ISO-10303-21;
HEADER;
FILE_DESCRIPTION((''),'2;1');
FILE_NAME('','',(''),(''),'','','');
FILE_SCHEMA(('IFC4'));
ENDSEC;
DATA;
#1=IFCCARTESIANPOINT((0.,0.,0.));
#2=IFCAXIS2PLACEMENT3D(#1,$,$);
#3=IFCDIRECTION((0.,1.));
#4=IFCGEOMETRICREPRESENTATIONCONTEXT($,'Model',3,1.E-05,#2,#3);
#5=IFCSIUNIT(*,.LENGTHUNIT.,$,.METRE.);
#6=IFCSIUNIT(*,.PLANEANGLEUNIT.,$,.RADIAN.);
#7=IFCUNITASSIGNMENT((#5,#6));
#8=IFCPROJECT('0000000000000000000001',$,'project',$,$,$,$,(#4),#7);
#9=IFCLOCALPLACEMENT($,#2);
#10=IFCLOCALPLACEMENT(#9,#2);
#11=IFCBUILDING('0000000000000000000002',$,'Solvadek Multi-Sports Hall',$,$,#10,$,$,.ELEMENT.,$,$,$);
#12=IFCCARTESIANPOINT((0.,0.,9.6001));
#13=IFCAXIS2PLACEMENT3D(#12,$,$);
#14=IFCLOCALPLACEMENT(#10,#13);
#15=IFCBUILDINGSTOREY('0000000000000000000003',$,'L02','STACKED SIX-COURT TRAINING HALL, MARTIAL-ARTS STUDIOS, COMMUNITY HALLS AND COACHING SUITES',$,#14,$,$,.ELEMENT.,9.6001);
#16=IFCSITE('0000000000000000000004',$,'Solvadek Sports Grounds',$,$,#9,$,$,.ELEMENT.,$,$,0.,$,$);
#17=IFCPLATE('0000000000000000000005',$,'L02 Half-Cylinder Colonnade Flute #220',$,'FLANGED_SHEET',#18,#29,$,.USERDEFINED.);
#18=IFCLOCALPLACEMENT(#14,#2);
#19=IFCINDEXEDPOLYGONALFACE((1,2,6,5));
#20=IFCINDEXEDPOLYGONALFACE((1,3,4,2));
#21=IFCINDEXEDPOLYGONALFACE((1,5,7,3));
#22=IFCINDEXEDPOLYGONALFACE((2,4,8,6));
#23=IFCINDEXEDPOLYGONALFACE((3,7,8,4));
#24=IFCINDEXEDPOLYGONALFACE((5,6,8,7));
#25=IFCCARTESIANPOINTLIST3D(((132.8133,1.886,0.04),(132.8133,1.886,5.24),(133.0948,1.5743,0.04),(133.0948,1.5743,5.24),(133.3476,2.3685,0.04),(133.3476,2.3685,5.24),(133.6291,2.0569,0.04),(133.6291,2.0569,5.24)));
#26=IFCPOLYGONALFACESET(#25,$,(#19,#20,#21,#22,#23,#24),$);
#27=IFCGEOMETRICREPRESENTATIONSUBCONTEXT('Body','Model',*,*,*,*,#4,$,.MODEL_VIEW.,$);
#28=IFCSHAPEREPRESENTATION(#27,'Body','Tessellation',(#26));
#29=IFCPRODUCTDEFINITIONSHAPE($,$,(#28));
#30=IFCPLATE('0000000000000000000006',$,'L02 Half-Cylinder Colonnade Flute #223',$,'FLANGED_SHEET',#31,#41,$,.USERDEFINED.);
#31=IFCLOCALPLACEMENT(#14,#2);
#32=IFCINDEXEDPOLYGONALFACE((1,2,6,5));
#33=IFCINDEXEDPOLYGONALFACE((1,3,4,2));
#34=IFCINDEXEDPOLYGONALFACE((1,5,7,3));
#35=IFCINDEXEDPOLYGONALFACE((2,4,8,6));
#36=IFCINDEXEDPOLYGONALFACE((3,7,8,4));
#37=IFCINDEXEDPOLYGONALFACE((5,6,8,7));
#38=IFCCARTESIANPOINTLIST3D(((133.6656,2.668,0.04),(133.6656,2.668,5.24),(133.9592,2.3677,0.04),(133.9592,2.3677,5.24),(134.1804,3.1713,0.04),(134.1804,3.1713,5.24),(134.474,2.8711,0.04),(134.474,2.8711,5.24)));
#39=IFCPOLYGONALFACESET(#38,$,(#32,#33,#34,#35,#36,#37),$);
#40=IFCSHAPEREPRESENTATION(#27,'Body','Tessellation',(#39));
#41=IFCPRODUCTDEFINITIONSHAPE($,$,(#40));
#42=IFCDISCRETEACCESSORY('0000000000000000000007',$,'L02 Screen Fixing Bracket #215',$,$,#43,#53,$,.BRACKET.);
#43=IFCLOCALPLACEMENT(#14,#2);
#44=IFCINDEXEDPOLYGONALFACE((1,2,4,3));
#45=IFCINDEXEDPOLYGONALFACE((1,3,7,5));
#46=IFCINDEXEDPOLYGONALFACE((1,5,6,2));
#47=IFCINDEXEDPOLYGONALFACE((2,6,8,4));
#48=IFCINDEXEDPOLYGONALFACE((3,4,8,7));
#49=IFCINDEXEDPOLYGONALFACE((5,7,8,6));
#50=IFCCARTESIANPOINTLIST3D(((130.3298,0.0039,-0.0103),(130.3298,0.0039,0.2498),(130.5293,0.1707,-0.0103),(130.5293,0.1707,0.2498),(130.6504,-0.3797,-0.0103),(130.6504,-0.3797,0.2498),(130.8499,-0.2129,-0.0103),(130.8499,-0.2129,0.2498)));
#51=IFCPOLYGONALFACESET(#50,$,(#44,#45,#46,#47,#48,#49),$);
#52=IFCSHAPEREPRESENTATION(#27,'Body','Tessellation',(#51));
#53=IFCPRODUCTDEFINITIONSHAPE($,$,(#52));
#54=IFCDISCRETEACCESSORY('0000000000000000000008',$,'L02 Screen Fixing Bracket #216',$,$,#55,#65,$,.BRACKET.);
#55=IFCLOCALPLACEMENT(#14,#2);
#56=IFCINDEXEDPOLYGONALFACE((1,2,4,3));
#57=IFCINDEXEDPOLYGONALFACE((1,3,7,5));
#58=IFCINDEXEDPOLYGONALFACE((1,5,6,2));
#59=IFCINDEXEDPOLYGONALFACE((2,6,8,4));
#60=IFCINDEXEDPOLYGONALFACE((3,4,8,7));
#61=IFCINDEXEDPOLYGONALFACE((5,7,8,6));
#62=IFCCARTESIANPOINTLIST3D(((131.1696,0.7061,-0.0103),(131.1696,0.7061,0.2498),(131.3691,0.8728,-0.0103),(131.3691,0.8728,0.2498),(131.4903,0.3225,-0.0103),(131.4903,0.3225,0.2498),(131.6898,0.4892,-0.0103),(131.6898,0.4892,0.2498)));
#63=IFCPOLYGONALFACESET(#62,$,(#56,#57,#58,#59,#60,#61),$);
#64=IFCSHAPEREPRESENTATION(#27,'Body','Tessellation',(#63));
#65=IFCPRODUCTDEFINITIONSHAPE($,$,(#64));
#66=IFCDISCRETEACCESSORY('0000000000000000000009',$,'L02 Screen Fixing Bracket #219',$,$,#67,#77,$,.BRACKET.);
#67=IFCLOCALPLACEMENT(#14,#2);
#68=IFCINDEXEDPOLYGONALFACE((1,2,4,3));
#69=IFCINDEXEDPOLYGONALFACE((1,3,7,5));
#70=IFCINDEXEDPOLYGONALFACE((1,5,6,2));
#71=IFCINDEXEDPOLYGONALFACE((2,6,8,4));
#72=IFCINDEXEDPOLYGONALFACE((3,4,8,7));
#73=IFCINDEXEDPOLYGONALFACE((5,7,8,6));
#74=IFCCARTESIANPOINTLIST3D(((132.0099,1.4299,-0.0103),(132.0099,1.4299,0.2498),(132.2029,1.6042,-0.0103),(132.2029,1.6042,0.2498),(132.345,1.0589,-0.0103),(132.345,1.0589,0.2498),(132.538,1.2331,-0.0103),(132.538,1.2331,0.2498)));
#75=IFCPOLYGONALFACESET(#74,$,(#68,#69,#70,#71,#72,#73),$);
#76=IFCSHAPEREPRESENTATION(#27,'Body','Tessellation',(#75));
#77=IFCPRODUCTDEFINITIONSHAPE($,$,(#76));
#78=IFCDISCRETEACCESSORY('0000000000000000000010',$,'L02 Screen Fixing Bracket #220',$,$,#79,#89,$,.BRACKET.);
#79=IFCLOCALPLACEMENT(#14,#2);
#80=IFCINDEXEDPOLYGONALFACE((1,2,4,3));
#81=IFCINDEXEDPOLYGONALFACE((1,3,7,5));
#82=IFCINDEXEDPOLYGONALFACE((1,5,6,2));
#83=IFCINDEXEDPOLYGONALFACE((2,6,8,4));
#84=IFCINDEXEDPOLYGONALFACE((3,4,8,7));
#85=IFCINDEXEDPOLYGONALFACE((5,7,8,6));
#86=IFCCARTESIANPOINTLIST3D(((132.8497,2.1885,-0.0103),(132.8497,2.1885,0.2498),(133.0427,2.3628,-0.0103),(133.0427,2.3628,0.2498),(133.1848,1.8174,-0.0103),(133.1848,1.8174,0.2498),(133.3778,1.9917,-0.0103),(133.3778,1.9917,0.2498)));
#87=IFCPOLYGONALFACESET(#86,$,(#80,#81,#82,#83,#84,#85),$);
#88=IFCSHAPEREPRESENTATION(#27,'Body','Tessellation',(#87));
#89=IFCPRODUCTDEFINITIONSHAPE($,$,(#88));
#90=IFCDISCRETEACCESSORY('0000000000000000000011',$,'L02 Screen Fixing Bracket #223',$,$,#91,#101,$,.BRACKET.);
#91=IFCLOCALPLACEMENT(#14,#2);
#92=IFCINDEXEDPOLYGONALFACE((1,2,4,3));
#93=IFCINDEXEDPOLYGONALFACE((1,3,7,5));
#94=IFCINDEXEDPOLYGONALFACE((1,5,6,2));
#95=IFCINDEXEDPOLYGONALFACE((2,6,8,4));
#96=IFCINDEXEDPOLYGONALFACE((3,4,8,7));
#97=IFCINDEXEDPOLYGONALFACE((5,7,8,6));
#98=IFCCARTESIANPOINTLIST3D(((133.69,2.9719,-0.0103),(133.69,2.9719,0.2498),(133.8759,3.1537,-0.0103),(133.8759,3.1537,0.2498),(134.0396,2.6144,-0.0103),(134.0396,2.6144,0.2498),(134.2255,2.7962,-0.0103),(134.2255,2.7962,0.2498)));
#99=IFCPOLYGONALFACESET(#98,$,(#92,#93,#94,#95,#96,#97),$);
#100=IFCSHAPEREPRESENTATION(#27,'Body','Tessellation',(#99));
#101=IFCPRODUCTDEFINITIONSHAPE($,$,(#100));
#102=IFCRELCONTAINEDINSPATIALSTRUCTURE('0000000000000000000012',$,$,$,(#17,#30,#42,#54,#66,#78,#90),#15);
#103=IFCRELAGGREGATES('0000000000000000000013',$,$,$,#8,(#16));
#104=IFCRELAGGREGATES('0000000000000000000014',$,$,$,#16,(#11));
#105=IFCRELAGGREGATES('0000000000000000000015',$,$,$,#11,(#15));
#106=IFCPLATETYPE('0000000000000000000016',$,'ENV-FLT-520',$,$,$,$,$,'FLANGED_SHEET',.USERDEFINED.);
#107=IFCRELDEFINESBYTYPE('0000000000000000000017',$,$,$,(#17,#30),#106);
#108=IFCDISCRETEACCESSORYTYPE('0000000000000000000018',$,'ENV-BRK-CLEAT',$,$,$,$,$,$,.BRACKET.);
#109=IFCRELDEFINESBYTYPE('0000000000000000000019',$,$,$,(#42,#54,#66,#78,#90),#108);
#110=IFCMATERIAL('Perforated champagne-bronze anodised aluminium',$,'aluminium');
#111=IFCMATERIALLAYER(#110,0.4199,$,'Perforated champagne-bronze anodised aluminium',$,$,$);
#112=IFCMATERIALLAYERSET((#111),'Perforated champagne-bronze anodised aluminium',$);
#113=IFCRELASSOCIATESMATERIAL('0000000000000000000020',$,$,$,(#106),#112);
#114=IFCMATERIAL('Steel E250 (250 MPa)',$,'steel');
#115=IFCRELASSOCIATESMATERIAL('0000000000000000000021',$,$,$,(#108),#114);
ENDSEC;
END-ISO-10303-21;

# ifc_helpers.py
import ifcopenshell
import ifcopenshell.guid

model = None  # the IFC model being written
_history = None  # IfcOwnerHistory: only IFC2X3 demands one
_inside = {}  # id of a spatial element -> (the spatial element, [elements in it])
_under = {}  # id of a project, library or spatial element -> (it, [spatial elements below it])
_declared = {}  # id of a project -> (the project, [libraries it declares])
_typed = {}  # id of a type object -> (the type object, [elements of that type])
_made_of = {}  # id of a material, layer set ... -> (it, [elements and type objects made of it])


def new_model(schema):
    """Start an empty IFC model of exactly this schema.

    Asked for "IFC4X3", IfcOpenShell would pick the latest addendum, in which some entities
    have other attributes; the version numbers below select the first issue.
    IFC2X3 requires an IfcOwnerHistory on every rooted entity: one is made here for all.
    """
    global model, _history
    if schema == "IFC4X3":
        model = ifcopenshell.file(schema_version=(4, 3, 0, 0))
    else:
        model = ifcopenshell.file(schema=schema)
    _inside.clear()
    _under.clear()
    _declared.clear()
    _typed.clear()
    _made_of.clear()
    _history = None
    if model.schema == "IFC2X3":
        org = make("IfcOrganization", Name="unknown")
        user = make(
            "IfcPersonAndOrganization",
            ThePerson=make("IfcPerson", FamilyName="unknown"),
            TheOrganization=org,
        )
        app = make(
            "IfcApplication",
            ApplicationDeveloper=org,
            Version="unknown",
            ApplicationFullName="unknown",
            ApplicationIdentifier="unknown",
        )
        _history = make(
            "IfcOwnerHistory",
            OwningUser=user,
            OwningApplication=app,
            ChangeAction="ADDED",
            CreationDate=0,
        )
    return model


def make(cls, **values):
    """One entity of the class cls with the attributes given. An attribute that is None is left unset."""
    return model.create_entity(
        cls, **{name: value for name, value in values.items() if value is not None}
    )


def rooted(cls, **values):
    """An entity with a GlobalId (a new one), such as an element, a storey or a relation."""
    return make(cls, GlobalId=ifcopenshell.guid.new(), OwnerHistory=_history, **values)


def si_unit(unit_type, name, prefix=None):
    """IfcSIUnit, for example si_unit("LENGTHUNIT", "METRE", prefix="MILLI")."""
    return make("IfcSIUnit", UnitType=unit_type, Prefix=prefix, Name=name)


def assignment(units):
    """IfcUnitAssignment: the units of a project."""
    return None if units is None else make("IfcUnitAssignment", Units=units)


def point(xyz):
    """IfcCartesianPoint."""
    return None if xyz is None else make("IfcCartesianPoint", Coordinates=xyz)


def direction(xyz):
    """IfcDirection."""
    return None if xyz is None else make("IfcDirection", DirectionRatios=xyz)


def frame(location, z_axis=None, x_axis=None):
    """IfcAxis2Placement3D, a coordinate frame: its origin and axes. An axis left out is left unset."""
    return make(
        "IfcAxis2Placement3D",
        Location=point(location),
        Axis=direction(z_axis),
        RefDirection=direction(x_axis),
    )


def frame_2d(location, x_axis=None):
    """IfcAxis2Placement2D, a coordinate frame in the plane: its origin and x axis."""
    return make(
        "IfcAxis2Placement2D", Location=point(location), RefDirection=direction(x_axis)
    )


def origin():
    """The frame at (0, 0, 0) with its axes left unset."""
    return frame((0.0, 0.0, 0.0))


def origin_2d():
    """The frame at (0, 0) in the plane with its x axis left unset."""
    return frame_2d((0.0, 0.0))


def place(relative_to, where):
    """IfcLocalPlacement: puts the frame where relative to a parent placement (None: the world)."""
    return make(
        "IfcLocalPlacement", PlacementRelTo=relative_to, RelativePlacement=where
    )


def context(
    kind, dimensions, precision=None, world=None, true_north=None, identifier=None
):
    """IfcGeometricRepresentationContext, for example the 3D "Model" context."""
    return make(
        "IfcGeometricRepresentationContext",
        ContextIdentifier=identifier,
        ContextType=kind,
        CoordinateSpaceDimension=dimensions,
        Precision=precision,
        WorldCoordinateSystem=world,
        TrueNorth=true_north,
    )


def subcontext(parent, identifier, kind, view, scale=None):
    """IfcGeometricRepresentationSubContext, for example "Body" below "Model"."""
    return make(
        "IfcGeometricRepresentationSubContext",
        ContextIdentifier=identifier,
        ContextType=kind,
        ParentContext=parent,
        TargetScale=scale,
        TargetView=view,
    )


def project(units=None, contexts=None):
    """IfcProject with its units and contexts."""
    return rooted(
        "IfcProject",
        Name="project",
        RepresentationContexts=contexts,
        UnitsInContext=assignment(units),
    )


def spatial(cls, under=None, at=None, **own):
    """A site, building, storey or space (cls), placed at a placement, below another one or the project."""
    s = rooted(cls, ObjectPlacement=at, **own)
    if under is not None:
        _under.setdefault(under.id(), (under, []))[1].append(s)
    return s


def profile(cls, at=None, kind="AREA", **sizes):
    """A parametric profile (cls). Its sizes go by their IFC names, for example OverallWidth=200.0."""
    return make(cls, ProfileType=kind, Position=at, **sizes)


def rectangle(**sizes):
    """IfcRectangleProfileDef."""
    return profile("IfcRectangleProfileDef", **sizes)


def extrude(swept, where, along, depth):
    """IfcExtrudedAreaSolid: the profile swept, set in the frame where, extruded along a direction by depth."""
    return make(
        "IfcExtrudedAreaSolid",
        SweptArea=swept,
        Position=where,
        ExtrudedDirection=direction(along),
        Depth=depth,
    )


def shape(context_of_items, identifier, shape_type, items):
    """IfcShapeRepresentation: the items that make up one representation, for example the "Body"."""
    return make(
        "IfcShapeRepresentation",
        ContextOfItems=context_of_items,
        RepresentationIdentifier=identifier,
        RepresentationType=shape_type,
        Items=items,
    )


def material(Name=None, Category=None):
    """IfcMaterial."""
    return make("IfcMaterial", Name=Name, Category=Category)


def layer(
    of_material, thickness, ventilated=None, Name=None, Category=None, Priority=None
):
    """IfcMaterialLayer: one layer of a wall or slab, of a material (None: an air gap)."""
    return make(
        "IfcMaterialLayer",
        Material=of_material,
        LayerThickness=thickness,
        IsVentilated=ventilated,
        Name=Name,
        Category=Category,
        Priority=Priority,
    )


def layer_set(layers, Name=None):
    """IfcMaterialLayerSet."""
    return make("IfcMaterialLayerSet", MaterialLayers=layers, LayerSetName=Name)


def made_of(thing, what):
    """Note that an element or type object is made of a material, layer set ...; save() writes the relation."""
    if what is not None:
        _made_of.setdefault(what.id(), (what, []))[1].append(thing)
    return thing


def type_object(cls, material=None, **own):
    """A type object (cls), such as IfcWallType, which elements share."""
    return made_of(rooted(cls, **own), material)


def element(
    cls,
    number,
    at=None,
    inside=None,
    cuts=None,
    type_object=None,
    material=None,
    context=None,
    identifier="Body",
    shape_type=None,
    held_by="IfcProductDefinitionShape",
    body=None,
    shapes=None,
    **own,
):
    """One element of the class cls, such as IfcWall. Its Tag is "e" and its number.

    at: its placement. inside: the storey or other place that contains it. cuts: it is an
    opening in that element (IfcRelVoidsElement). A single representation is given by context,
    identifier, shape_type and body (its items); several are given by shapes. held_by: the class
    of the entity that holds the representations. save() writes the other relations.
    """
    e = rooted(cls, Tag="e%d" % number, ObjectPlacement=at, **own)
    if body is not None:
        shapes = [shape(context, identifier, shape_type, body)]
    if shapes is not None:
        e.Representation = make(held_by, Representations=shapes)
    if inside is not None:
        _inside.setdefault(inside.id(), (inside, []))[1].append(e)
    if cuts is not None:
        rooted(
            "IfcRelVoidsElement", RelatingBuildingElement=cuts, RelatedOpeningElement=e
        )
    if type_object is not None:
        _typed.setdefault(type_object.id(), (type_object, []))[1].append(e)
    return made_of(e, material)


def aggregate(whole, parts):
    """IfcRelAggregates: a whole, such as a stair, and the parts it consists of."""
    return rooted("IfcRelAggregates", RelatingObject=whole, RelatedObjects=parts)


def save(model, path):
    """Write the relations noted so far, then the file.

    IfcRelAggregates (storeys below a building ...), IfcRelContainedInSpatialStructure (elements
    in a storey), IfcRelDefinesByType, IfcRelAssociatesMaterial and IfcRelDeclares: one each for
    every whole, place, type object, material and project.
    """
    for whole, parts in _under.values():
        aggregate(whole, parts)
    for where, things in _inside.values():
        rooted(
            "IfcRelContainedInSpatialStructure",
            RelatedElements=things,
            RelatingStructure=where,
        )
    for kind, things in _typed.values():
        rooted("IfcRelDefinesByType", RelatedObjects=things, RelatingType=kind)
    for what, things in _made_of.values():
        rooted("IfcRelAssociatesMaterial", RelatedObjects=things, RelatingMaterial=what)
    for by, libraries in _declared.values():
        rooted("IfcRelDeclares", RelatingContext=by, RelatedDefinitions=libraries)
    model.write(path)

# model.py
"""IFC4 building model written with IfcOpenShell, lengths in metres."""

from ifc_helpers import new_model, si_unit, direction, frame, origin, origin_2d, place, context, subcontext, project, spatial, rectangle, extrude, material, layer, layer_set, type_object, element, save


model = new_model("IFC4")

# Units and contexts
model_context = context("Model", 3, precision=1e-05, world=origin(), true_north=direction((0.0, 1.0)))
body_context = subcontext(model_context, "Body", "Model", "MODEL_VIEW")
ifc_project = project(units=[si_unit("LENGTHUNIT", "METRE"), si_unit("PLANEANGLEUNIT", "RADIAN")], contexts=[model_context])

# Site, building, storey
site_placement = place(None, origin())
site = spatial("IfcSite", under=ifc_project, at=site_placement, Name="Solvadek Sports Grounds", CompositionType="ELEMENT", RefElevation=0.0)
building_placement = place(site_placement, origin())
building = spatial("IfcBuilding", under=site, at=building_placement, Name="Solvadek Multi-Sports Hall", CompositionType="ELEMENT")
storey_placement = place(building_placement, frame((0.0, 0.0, 9.6001)))
storey = spatial("IfcBuildingStorey", under=building, at=storey_placement, Name="L02", Description="STACKED SIX-COURT TRAINING HALL, MARTIAL-ARTS STUDIOS, COMMUNITY HALLS AND COACHING SUITES", CompositionType="ELEMENT", Elevation=9.6001)

# Shared definitions
ifc_material_1 = material(Name="Steel E250 (250 MPa)", Category="steel")

# Plates
ifc_material_2 = material(Name="Perforated champagne-bronze anodised aluminium", Category="aluminium")
ifc_layer_1 = layer(ifc_material_2, 0.4199, Name="Perforated champagne-bronze anodised aluminium")
ifc_layer_set_1 = layer_set([ifc_layer_1], Name="Perforated champagne-bronze anodised aluminium")
plate_type_1 = type_object("IfcPlateType", Name="ENV-FLT-520", ElementType="FLANGED_SHEET", PredefinedType="USERDEFINED", material=ifc_layer_set_1)
for number, where, z_axis, x_axis, name in (
    (1, (133.2212, 1.9714, 0.04), (0.0, 0.0, 1.0), (0.742151, 0.670233, 0.0), "L02 Half-Cylinder Colonnade Flute #220"),
    (2, (134.0698, 2.7695, 0.04), (0.0, 0.0, 1.0), (0.715, 0.699125, 0.0), "L02 Half-Cylinder Colonnade Flute #223"),
):
    element("IfcPlate", number, at=place(storey_placement, frame(where, z_axis=z_axis, x_axis=x_axis)), inside=storey, type_object=plate_type_1, Name=name, ObjectType="FLANGED_SHEET", PredefinedType="USERDEFINED", context=body_context, shape_type="SweptSolid", body=[
        extrude(rectangle(XDim=0.72, YDim=0.4199, at=origin_2d()), origin(), (0.0, 0.0, 1.0), 5.2),
    ])

# Discrete accessories
discrete_accessory_type = type_object("IfcDiscreteAccessoryType", Name="ENV-BRK-CLEAT", PredefinedType="BRACKET", material=ifc_material_1)
for number, where, z_axis, x_axis, name in (
    (3, (130.5898, -0.1045, -0.0103), (0.0, 0.0, 1.0), (0.767255, 0.641343, 0.0), "L02 Screen Fixing Bracket #215"),
    (4, (131.4297, 0.5977, -0.0103), (0.0, 0.0, 1.0), (0.767255, 0.641343, 0.0), "L02 Screen Fixing Bracket #216"),
    (5, (132.2739, 1.3315, -0.0103), (0.0, 0.0, 1.0), (0.742151, 0.670233, 0.0), "L02 Screen Fixing Bracket #219"),
    (6, (133.1138, 2.0901, -0.0103), (0.0, 0.0, 1.0), (0.742151, 0.670233, 0.0), "L02 Screen Fixing Bracket #220"),
    (7, (133.9578, 2.884, -0.0103), (0.0, 0.0, 1.0), (0.715, 0.699125, 0.0), "L02 Screen Fixing Bracket #223"),
):
    element("IfcDiscreteAccessory", number, at=place(storey_placement, frame(where, z_axis=z_axis, x_axis=x_axis)), inside=storey, type_object=discrete_accessory_type, Name=name, PredefinedType="BRACKET", context=body_context, shape_type="SweptSolid", body=[
        extrude(rectangle(XDim=0.26, YDim=0.5, at=origin_2d()), origin(), (0.0, 0.0, 1.0), 0.26),
    ])

save(model, "model.ifc")
